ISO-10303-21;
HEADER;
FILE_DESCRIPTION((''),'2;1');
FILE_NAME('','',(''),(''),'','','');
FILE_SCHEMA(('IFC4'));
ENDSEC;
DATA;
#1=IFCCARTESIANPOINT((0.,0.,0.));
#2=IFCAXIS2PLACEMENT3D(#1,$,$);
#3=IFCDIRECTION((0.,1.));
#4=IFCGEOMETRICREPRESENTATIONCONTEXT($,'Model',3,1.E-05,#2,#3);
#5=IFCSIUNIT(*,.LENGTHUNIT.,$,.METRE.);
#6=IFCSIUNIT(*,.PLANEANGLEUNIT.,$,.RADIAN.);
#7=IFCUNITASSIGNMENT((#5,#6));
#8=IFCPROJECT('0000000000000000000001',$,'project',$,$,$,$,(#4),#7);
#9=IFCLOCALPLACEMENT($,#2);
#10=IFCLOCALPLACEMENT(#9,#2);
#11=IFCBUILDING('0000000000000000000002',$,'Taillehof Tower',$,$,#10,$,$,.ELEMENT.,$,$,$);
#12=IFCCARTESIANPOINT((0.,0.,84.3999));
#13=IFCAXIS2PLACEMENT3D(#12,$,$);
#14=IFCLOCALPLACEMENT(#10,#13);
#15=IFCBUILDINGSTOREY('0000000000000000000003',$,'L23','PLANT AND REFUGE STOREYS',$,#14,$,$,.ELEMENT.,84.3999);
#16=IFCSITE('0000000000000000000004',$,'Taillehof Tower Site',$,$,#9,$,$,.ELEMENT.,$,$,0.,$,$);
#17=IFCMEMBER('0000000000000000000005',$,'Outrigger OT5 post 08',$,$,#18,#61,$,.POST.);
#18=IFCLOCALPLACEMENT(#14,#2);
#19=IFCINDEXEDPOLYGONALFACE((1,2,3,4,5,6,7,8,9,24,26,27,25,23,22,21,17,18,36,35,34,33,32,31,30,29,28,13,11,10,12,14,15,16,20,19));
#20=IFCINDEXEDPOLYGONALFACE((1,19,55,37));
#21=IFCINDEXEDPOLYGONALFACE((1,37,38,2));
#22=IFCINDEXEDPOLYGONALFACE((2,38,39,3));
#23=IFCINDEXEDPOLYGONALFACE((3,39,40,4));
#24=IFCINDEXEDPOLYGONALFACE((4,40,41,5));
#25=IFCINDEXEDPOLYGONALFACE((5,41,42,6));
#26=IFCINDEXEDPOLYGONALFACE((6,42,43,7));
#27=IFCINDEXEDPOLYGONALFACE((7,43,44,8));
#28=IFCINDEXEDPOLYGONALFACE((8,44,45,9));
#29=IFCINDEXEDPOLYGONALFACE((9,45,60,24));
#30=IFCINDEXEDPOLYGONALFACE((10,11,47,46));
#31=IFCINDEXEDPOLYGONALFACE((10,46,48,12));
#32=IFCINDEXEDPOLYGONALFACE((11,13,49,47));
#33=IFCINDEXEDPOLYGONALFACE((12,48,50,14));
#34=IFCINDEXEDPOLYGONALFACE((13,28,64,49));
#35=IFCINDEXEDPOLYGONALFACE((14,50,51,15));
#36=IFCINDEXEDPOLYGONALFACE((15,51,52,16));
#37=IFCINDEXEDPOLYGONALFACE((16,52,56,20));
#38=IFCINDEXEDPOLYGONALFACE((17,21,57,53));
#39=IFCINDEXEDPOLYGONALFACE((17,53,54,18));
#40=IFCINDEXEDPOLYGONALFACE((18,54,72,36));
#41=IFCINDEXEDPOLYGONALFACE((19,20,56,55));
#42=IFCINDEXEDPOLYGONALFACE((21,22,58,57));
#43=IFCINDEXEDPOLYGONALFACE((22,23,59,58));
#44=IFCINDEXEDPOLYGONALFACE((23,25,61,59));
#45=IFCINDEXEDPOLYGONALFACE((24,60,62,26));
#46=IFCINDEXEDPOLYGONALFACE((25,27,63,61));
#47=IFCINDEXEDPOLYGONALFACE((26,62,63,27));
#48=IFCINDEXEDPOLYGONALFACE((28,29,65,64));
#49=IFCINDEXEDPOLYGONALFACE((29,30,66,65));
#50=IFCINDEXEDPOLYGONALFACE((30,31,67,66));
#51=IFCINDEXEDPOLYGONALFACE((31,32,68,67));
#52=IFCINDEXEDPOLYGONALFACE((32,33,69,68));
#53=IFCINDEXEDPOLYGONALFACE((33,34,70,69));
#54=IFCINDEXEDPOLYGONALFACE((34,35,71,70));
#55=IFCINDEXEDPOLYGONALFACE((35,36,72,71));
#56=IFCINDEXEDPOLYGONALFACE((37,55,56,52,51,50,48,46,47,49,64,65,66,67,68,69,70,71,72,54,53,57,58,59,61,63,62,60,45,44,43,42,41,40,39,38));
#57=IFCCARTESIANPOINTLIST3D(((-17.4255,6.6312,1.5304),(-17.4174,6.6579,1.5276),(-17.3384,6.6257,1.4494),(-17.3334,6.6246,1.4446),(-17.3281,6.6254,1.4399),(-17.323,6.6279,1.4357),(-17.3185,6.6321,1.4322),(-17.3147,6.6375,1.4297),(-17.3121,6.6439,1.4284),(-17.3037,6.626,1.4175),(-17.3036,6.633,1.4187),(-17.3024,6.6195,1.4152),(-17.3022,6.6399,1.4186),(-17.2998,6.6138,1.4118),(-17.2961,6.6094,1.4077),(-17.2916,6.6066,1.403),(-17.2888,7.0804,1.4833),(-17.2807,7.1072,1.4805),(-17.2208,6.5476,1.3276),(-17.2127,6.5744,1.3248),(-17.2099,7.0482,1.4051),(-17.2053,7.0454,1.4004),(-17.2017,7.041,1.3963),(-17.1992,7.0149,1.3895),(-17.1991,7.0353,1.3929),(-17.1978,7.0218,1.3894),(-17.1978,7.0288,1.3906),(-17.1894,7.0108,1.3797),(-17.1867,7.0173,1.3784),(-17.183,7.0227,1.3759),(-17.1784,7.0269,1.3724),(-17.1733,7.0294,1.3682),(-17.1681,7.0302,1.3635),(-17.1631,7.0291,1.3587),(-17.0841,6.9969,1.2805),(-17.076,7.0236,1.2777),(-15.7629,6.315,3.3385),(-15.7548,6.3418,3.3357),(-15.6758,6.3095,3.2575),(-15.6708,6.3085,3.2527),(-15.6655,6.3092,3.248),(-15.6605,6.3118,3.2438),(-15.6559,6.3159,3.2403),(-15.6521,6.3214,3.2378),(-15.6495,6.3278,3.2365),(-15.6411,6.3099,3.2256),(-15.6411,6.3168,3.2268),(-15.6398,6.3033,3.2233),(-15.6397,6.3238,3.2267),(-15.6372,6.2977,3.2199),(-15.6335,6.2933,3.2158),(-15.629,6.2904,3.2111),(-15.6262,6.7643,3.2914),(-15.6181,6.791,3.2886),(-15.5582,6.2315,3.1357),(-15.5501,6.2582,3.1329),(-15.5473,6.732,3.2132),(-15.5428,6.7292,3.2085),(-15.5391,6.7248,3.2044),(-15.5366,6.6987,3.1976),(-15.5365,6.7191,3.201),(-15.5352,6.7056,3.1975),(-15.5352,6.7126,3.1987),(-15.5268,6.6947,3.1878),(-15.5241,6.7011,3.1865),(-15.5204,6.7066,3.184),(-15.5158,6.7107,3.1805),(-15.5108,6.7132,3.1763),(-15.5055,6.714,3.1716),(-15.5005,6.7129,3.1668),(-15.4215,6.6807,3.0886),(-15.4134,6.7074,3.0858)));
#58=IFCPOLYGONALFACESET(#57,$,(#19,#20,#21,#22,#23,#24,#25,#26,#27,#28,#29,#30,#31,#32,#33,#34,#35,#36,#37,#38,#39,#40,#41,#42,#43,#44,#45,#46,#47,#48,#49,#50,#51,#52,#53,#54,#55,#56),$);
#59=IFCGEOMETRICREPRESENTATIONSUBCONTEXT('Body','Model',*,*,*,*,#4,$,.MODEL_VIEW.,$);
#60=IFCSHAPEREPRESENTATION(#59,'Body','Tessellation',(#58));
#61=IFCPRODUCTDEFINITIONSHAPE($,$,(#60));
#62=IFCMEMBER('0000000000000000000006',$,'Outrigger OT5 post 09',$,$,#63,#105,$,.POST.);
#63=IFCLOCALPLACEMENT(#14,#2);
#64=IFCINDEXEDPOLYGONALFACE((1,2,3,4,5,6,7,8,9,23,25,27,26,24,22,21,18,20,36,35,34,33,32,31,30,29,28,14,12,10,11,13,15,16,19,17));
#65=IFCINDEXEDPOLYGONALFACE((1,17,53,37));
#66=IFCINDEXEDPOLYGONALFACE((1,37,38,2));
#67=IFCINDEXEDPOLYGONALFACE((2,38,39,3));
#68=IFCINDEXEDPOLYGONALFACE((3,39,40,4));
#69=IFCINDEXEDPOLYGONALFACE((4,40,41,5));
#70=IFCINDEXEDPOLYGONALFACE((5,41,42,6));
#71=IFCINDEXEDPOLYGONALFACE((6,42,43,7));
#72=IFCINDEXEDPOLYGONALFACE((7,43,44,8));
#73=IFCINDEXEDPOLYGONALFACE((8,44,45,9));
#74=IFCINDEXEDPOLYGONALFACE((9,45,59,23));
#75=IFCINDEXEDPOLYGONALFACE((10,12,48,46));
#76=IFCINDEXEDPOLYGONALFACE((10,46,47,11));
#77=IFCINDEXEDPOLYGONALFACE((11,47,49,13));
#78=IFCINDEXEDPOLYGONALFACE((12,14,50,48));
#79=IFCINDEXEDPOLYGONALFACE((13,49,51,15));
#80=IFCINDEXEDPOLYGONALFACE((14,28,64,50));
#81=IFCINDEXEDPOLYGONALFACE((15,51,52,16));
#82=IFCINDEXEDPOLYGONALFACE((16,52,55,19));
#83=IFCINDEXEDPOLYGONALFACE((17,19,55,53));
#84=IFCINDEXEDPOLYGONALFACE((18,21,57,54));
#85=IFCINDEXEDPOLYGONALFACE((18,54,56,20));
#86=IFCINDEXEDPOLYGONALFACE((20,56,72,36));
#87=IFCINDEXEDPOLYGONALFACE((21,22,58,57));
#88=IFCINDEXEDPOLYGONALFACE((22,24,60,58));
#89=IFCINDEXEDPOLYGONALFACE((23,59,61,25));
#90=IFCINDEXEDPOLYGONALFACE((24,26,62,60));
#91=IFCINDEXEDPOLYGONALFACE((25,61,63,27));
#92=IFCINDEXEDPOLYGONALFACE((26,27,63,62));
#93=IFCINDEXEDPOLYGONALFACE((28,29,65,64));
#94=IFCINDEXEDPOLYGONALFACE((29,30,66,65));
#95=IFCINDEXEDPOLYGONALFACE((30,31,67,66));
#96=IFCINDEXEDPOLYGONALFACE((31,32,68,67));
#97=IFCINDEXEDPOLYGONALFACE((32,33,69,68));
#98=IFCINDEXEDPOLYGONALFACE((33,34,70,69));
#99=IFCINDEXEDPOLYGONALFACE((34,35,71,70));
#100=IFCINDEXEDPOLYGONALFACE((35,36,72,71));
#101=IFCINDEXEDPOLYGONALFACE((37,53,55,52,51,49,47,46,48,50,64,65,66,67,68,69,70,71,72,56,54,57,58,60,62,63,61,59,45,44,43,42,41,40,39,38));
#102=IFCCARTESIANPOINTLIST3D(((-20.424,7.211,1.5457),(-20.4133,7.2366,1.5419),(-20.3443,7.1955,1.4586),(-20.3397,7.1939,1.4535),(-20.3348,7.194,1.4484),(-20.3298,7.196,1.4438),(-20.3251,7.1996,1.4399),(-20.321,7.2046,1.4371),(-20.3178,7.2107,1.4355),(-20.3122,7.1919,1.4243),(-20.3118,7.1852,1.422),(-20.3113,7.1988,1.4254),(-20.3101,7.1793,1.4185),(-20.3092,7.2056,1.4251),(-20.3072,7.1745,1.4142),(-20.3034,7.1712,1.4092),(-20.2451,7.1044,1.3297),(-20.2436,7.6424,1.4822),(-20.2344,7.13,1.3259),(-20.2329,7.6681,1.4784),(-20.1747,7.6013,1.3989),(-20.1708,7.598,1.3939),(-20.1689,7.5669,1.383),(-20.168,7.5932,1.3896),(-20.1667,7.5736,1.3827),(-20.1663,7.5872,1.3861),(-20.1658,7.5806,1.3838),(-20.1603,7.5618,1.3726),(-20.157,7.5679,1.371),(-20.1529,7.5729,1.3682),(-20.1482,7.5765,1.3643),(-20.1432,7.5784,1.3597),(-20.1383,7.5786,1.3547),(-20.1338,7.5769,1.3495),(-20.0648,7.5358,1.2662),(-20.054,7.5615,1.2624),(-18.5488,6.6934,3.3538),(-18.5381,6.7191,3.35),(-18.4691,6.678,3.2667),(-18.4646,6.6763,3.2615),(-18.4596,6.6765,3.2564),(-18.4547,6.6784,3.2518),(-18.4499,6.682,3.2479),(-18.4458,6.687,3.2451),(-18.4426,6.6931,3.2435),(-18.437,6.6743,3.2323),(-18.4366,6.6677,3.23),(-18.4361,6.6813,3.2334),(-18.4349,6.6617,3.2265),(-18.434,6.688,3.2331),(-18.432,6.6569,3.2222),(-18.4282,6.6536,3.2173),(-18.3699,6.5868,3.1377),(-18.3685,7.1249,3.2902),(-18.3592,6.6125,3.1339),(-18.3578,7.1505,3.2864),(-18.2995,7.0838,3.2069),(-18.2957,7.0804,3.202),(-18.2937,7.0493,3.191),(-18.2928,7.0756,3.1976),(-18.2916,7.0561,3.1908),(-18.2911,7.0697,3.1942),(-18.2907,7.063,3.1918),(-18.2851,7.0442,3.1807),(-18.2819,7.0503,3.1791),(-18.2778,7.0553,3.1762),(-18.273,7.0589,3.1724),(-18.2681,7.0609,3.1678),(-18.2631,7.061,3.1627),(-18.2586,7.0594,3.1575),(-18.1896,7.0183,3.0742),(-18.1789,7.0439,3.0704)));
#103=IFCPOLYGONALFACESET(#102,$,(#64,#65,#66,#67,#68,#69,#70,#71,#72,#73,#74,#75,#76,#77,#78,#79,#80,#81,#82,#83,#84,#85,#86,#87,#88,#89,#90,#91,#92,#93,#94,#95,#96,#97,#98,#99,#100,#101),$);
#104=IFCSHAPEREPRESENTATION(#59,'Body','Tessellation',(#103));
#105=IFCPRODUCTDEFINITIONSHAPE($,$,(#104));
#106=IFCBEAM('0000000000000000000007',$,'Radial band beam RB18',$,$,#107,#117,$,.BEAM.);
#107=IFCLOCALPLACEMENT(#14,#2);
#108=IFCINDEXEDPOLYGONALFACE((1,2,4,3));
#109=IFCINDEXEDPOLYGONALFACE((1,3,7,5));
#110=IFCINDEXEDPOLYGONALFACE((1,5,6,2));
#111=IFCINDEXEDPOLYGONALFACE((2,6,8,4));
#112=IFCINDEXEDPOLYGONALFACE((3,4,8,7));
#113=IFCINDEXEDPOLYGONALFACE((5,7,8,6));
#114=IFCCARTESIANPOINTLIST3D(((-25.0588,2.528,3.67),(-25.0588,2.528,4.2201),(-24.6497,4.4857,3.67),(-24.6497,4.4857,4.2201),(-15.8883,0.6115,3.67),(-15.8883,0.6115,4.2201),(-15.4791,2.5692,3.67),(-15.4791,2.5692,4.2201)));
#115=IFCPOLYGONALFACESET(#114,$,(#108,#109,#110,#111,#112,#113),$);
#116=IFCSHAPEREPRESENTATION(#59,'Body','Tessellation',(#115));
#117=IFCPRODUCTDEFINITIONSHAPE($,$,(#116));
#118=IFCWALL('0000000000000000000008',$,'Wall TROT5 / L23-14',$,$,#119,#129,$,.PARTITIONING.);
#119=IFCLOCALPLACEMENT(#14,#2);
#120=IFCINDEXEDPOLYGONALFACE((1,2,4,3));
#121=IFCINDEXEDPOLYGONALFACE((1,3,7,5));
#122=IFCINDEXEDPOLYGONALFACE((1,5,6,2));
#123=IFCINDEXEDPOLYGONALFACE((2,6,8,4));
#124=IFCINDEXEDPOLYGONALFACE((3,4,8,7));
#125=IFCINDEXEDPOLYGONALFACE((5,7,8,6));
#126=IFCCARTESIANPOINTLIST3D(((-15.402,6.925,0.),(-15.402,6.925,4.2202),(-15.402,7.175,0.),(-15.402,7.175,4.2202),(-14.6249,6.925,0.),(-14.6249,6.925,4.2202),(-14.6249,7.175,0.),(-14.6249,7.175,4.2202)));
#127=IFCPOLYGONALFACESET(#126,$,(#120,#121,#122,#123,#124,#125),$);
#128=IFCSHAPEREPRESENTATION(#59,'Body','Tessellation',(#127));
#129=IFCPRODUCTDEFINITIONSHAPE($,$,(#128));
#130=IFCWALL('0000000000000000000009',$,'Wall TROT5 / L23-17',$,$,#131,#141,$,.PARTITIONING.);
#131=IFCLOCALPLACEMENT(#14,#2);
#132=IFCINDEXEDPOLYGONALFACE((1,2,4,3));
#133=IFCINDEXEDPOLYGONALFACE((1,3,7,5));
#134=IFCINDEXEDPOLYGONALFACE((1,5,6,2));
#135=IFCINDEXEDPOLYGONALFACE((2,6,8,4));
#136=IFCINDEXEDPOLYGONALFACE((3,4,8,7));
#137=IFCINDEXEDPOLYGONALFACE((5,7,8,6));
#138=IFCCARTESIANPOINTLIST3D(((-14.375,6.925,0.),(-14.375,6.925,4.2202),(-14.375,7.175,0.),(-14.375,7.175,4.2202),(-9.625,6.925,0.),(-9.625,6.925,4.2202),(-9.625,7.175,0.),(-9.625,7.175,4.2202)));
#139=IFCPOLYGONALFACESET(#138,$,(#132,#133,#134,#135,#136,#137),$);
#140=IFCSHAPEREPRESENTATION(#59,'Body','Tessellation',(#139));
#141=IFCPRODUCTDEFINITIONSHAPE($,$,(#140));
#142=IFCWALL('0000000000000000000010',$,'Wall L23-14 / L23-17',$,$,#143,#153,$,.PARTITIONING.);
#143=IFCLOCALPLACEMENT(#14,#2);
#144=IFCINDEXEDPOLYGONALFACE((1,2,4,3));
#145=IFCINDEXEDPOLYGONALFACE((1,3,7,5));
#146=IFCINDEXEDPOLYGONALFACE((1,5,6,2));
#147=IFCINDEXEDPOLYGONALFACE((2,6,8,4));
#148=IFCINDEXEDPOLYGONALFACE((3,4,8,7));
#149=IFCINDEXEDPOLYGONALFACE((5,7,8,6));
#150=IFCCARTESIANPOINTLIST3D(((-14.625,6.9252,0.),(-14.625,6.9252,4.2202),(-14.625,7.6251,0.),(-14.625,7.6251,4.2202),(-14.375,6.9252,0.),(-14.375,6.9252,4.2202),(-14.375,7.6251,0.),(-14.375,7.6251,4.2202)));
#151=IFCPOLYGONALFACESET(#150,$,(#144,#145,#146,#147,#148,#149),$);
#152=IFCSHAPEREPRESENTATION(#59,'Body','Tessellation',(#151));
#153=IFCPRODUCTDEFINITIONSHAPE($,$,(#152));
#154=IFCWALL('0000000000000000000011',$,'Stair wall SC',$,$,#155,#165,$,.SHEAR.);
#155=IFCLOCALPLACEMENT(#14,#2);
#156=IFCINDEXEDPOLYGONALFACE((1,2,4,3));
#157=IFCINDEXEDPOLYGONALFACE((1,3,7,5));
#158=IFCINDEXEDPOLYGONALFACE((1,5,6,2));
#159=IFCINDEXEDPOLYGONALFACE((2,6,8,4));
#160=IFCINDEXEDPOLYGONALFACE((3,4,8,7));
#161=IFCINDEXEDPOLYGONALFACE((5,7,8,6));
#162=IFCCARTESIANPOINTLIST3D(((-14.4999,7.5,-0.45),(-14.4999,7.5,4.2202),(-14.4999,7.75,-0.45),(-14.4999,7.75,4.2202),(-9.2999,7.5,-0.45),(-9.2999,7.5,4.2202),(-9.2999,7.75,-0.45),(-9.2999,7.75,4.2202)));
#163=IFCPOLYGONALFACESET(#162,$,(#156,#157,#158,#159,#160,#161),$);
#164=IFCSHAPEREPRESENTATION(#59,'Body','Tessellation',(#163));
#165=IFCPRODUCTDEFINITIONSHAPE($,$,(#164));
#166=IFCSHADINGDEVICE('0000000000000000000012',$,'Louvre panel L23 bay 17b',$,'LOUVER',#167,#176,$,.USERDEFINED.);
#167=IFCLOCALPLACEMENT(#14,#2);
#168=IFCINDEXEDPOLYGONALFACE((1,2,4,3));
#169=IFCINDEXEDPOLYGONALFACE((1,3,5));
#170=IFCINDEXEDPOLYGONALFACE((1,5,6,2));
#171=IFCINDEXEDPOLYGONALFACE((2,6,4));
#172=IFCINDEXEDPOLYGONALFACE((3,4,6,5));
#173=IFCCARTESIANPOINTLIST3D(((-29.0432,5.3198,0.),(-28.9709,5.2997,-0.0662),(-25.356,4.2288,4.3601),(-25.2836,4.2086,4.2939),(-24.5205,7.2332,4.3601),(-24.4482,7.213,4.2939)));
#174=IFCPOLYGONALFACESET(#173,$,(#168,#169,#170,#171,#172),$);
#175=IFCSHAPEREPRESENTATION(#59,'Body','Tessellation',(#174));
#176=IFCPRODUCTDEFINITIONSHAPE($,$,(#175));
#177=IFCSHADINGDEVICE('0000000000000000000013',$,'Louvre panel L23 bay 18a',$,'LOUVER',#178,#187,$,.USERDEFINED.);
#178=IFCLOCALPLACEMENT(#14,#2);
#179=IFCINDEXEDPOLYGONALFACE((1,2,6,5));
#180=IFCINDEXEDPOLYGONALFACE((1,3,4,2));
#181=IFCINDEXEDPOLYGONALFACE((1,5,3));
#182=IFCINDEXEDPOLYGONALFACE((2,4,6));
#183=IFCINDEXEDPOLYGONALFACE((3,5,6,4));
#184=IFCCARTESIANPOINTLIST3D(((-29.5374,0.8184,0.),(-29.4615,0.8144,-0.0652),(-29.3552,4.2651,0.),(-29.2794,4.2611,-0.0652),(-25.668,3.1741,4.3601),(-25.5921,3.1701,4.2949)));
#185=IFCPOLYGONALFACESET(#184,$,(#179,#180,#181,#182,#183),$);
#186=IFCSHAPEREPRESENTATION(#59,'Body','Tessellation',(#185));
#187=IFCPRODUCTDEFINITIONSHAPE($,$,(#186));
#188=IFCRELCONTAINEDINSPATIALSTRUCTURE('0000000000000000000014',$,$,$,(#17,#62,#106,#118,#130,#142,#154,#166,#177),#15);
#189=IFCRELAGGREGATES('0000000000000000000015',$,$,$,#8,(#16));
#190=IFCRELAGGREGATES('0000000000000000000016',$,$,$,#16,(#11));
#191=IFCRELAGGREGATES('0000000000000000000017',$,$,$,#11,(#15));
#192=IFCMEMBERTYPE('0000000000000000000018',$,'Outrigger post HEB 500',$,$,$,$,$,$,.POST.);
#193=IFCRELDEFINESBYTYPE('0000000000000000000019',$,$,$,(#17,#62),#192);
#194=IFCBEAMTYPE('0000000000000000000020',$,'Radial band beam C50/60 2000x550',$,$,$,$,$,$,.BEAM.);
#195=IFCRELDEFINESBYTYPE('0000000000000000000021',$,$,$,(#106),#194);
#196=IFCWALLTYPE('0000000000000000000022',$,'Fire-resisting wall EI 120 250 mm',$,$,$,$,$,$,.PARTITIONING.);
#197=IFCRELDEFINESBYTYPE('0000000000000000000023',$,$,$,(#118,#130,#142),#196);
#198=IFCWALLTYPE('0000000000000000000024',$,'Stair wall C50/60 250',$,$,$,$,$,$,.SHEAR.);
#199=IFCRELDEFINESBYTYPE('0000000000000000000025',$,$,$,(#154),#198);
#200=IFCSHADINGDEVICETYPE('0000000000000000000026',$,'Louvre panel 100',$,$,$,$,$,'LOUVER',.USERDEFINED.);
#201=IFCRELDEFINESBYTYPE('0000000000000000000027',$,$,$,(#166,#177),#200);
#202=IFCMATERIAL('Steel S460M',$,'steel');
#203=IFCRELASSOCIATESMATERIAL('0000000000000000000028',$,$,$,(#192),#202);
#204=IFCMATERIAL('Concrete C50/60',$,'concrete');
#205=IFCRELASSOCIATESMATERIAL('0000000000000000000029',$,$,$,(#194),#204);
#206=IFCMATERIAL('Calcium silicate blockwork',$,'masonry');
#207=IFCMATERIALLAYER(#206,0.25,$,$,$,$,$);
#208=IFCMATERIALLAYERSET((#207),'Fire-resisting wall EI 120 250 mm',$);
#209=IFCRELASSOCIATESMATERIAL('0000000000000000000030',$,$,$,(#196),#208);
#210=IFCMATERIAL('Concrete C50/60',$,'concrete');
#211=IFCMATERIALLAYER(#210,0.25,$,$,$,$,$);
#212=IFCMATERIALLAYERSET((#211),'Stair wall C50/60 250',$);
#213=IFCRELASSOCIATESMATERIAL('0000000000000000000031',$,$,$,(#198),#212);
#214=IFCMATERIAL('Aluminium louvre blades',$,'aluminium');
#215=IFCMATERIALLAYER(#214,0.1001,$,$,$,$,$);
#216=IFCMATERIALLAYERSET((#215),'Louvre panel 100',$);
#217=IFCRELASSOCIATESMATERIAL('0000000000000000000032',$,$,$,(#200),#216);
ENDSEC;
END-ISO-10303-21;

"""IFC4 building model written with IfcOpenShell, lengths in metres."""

from ifc_helpers import new_model, si_unit, direction, frame, frame_2d, origin, origin_2d, place, context, subcontext, project, spatial, polyline, rectangle, i_section, outline, extrude, material, layer, layer_set, material_profile, profile_set, type_object, element, save


model = new_model("IFC4")

# Units and contexts
model_context = context("Model", 3, precision=1e-05, world=origin(), true_north=direction((0.0, 1.0)))
body_context = subcontext(model_context, "Body", "Model", "MODEL_VIEW")
ifc_project = project(units=[si_unit("LENGTHUNIT", "METRE"), si_unit("PLANEANGLEUNIT", "RADIAN")], contexts=[model_context])

# Site, building, storey
site_placement = place(None, origin())
site = spatial("IfcSite", under=ifc_project, at=site_placement, Name="Taillehof Tower Site", CompositionType="ELEMENT", RefElevation=0.0)
building_placement = place(site_placement, origin())
building = spatial("IfcBuilding", under=site, at=building_placement, Name="Taillehof Tower", CompositionType="ELEMENT")
storey_placement = place(building_placement, frame((0.0, 0.0, 84.3999)))
storey = spatial("IfcBuildingStorey", under=building, at=storey_placement, Name="L23", Description="PLANT AND REFUGE STOREYS", CompositionType="ELEMENT", Elevation=84.3999)

# Members
ifc_material_1 = material(Name="Steel S460M", Category="steel")
ifc_material_profile_1 = material_profile(ifc_material_1, i_section(OverallWidth=0.3, OverallDepth=0.5, WebThickness=0.0144, FlangeThickness=0.0281, FilletRadius=0.0271, at=origin_2d()), Name="HEB 500")
ifc_profile_set_1 = profile_set([ifc_material_profile_1], Name="Steel S460M")
member_type_1 = type_object("IfcMemberType", Name="Outrigger post HEB 500", PredefinedType="POST", material=ifc_profile_set_1)
member_1_placement = place(storey_placement, frame((-17.2507, 6.8274, 1.4041), z_axis=(0.671329, -0.127661, 0.730082), x_axis=(-0.682224, 0.278505, 0.676021)))
element("IfcMember", 1, at=member_1_placement, inside=storey, type_object=member_type_1, Name="Outrigger OT5 post 08", PredefinedType="POST", context=body_context, shape_type="SweptSolid", body=[
    extrude(i_section(OverallWidth=0.3, OverallDepth=0.5, WebThickness=0.0144, FlangeThickness=0.0281, FilletRadius=0.0271, at=origin_2d()), origin(), (0.0, 0.0, 1.0), 2.4766),
])
member_2_placement = place(storey_placement, frame((-20.239, 7.3862, 1.4041), z_axis=(0.706074, -0.19488, 0.680795), x_axis=(-0.596173, 0.355226, 0.719995)))
element("IfcMember", 2, at=member_2_placement, inside=storey, type_object=member_type_1, Name="Outrigger OT5 post 09", PredefinedType="POST", context=body_context, shape_type="SweptSolid", body=[
    extrude(i_section(OverallWidth=0.3, OverallDepth=0.5, WebThickness=0.0144, FlangeThickness=0.0281, FilletRadius=0.0271, at=origin_2d()), origin(), (0.0, 0.0, 1.0), 2.6558),
])

# Beam
ifc_material_2 = material(Name="Concrete C50/60", Category="concrete")
ifc_material_profile_2 = material_profile(ifc_material_2, rectangle(XDim=2.0, YDim=0.55, at=origin_2d()), Name="RC 2000x550")
ifc_profile_set_2 = profile_set([ifc_material_profile_2], Name="Concrete C50/60")
beam_type_1 = type_object("IfcBeamType", Name="Radial band beam C50/60 2000x550", PredefinedType="BEAM", material=ifc_profile_set_2)
beam_placement = place(storey_placement, frame((-24.8542, 3.5068, 3.9451), z_axis=(0.978853, -0.204563, 0.0), x_axis=(0.204563, 0.978853, 0.0)))
element("IfcBeam", 3, at=beam_placement, inside=storey, type_object=beam_type_1, Name="Radial band beam RB18", PredefinedType="BEAM", context=body_context, shape_type="SweptSolid", body=[
    extrude(rectangle(XDim=2.0, YDim=0.55, at=origin_2d()), origin(), (0.0, 0.0, 1.0), 9.3687),
])

# Walls
ifc_material_3 = material(Name="Calcium silicate blockwork", Category="masonry")
ifc_layer_1 = layer(ifc_material_3, 0.25)
ifc_layer_set_1 = layer_set([ifc_layer_1], Name="Fire-resisting wall EI 120 250 mm")
wall_type_1 = type_object("IfcWallType", Name="Fire-resisting wall EI 120 250 mm", PredefinedType="PARTITIONING", material=ifc_layer_set_1)
wall_1_placement = place(storey_placement, frame((-15.4021, 7.05, 0.0), z_axis=(0.0, 0.0, 1.0), x_axis=(1.0, 0.0, 0.0)))
element("IfcWall", 4, at=wall_1_placement, inside=storey, type_object=wall_type_1, Name="Wall TROT5 / L23-14", PredefinedType="PARTITIONING", context=body_context, shape_type="SweptSolid", body=[
    extrude(rectangle(XDim=0.7771, YDim=0.25, at=frame_2d((0.3887, 0.0))), origin(), (0.0, 0.0, 1.0), 4.2202),
])
wall_2_placement = place(storey_placement, frame((-14.375, 7.05, 0.0), z_axis=(0.0, 0.0, 1.0), x_axis=(1.0, 0.0, 0.0)))
element("IfcWall", 5, at=wall_2_placement, inside=storey, type_object=wall_type_1, Name="Wall TROT5 / L23-17", PredefinedType="PARTITIONING", context=body_context, shape_type="SweptSolid", body=[
    extrude(rectangle(XDim=4.75, YDim=0.25, at=frame_2d((2.375, 0.0))), origin(), (0.0, 0.0, 1.0), 4.2202),
])
wall_3_placement = place(storey_placement, frame((-14.5, 6.925, 0.0), z_axis=(0.0, 0.0, 1.0), x_axis=(0.0, 1.0, 0.0)))
element("IfcWall", 6, at=wall_3_placement, inside=storey, type_object=wall_type_1, Name="Wall L23-14 / L23-17", PredefinedType="PARTITIONING", context=body_context, shape_type="SweptSolid", body=[
    extrude(rectangle(XDim=0.7, YDim=0.25, at=frame_2d((0.3501, 0.0))), origin(), (0.0, 0.0, 1.0), 4.2202),
])
ifc_material_4 = material(Name="Concrete C50/60", Category="concrete")
ifc_layer_2 = layer(ifc_material_4, 0.25)
ifc_layer_set_2 = layer_set([ifc_layer_2], Name="Stair wall C50/60 250")
wall_type_2 = type_object("IfcWallType", Name="Stair wall C50/60 250", PredefinedType="SHEAR", material=ifc_layer_set_2)
wall_4_placement = place(storey_placement, frame((-14.5, 7.625, -0.45), z_axis=(0.0, 0.0, 1.0), x_axis=(1.0, 0.0, 0.0)))
element("IfcWall", 7, at=wall_4_placement, inside=storey, type_object=wall_type_2, Name="Stair wall SC", PredefinedType="SHEAR", context=body_context, shape_type="SweptSolid", body=[
    extrude(rectangle(XDim=5.2, YDim=0.25, at=frame_2d((2.6001, 0.0))), origin(), (0.0, 0.0, 1.0), 4.6702),
])

# Shading devices
ifc_material_5 = material(Name="Aluminium louvre blades", Category="aluminium")
ifc_layer_3 = layer(ifc_material_5, 0.1001)
ifc_layer_set_3 = layer_set([ifc_layer_3], Name="Louvre panel 100")
shading_device_type = type_object("IfcShadingDeviceType", Name="Louvre panel 100", ElementType="LOUVER", PredefinedType="USERDEFINED", material=ifc_layer_set_3)
shading_device_1_placement = place(storey_placement, frame((-29.0432, 5.3198, 0.0), z_axis=(-0.722623, 0.200944, 0.661391), x_axis=(0.634257, -0.187678, 0.749997)))
element("IfcShadingDevice", 8, at=shading_device_1_placement, inside=storey, type_object=shading_device_type, Name="Louvre panel L23 bay 17b", ObjectType="LOUVER", PredefinedType="USERDEFINED", context=body_context, shape_type="SweptSolid", body=[
    extrude(outline(polyline([(0.0, 0.0), (5.8135, 0.0), (5.7795, 3.1182), (0.0, 0.0)])), origin(), (0.0, 0.0, -1.0), 0.1001),
])
shading_device_2_placement = place(storey_placement, frame((-29.3552, 4.2651, 0.0), z_axis=(-0.757988, 0.040052, 0.651038), x_axis=(-0.052767, -0.998607, 0.0)))
element("IfcShadingDevice", 9, at=shading_device_2_placement, inside=storey, type_object=shading_device_type, Name="Louvre panel L23 bay 18a", ObjectType="LOUVER", PredefinedType="USERDEFINED", context=body_context, shape_type="SweptSolid", body=[
    extrude(outline(polyline([(0.0, 0.0), (3.4516, 0.0), (0.895, 5.7442), (0.0, 0.0)])), origin(), (0.0, 0.0, -1.0), 0.1001),
])

save(model, "model.ifc")
